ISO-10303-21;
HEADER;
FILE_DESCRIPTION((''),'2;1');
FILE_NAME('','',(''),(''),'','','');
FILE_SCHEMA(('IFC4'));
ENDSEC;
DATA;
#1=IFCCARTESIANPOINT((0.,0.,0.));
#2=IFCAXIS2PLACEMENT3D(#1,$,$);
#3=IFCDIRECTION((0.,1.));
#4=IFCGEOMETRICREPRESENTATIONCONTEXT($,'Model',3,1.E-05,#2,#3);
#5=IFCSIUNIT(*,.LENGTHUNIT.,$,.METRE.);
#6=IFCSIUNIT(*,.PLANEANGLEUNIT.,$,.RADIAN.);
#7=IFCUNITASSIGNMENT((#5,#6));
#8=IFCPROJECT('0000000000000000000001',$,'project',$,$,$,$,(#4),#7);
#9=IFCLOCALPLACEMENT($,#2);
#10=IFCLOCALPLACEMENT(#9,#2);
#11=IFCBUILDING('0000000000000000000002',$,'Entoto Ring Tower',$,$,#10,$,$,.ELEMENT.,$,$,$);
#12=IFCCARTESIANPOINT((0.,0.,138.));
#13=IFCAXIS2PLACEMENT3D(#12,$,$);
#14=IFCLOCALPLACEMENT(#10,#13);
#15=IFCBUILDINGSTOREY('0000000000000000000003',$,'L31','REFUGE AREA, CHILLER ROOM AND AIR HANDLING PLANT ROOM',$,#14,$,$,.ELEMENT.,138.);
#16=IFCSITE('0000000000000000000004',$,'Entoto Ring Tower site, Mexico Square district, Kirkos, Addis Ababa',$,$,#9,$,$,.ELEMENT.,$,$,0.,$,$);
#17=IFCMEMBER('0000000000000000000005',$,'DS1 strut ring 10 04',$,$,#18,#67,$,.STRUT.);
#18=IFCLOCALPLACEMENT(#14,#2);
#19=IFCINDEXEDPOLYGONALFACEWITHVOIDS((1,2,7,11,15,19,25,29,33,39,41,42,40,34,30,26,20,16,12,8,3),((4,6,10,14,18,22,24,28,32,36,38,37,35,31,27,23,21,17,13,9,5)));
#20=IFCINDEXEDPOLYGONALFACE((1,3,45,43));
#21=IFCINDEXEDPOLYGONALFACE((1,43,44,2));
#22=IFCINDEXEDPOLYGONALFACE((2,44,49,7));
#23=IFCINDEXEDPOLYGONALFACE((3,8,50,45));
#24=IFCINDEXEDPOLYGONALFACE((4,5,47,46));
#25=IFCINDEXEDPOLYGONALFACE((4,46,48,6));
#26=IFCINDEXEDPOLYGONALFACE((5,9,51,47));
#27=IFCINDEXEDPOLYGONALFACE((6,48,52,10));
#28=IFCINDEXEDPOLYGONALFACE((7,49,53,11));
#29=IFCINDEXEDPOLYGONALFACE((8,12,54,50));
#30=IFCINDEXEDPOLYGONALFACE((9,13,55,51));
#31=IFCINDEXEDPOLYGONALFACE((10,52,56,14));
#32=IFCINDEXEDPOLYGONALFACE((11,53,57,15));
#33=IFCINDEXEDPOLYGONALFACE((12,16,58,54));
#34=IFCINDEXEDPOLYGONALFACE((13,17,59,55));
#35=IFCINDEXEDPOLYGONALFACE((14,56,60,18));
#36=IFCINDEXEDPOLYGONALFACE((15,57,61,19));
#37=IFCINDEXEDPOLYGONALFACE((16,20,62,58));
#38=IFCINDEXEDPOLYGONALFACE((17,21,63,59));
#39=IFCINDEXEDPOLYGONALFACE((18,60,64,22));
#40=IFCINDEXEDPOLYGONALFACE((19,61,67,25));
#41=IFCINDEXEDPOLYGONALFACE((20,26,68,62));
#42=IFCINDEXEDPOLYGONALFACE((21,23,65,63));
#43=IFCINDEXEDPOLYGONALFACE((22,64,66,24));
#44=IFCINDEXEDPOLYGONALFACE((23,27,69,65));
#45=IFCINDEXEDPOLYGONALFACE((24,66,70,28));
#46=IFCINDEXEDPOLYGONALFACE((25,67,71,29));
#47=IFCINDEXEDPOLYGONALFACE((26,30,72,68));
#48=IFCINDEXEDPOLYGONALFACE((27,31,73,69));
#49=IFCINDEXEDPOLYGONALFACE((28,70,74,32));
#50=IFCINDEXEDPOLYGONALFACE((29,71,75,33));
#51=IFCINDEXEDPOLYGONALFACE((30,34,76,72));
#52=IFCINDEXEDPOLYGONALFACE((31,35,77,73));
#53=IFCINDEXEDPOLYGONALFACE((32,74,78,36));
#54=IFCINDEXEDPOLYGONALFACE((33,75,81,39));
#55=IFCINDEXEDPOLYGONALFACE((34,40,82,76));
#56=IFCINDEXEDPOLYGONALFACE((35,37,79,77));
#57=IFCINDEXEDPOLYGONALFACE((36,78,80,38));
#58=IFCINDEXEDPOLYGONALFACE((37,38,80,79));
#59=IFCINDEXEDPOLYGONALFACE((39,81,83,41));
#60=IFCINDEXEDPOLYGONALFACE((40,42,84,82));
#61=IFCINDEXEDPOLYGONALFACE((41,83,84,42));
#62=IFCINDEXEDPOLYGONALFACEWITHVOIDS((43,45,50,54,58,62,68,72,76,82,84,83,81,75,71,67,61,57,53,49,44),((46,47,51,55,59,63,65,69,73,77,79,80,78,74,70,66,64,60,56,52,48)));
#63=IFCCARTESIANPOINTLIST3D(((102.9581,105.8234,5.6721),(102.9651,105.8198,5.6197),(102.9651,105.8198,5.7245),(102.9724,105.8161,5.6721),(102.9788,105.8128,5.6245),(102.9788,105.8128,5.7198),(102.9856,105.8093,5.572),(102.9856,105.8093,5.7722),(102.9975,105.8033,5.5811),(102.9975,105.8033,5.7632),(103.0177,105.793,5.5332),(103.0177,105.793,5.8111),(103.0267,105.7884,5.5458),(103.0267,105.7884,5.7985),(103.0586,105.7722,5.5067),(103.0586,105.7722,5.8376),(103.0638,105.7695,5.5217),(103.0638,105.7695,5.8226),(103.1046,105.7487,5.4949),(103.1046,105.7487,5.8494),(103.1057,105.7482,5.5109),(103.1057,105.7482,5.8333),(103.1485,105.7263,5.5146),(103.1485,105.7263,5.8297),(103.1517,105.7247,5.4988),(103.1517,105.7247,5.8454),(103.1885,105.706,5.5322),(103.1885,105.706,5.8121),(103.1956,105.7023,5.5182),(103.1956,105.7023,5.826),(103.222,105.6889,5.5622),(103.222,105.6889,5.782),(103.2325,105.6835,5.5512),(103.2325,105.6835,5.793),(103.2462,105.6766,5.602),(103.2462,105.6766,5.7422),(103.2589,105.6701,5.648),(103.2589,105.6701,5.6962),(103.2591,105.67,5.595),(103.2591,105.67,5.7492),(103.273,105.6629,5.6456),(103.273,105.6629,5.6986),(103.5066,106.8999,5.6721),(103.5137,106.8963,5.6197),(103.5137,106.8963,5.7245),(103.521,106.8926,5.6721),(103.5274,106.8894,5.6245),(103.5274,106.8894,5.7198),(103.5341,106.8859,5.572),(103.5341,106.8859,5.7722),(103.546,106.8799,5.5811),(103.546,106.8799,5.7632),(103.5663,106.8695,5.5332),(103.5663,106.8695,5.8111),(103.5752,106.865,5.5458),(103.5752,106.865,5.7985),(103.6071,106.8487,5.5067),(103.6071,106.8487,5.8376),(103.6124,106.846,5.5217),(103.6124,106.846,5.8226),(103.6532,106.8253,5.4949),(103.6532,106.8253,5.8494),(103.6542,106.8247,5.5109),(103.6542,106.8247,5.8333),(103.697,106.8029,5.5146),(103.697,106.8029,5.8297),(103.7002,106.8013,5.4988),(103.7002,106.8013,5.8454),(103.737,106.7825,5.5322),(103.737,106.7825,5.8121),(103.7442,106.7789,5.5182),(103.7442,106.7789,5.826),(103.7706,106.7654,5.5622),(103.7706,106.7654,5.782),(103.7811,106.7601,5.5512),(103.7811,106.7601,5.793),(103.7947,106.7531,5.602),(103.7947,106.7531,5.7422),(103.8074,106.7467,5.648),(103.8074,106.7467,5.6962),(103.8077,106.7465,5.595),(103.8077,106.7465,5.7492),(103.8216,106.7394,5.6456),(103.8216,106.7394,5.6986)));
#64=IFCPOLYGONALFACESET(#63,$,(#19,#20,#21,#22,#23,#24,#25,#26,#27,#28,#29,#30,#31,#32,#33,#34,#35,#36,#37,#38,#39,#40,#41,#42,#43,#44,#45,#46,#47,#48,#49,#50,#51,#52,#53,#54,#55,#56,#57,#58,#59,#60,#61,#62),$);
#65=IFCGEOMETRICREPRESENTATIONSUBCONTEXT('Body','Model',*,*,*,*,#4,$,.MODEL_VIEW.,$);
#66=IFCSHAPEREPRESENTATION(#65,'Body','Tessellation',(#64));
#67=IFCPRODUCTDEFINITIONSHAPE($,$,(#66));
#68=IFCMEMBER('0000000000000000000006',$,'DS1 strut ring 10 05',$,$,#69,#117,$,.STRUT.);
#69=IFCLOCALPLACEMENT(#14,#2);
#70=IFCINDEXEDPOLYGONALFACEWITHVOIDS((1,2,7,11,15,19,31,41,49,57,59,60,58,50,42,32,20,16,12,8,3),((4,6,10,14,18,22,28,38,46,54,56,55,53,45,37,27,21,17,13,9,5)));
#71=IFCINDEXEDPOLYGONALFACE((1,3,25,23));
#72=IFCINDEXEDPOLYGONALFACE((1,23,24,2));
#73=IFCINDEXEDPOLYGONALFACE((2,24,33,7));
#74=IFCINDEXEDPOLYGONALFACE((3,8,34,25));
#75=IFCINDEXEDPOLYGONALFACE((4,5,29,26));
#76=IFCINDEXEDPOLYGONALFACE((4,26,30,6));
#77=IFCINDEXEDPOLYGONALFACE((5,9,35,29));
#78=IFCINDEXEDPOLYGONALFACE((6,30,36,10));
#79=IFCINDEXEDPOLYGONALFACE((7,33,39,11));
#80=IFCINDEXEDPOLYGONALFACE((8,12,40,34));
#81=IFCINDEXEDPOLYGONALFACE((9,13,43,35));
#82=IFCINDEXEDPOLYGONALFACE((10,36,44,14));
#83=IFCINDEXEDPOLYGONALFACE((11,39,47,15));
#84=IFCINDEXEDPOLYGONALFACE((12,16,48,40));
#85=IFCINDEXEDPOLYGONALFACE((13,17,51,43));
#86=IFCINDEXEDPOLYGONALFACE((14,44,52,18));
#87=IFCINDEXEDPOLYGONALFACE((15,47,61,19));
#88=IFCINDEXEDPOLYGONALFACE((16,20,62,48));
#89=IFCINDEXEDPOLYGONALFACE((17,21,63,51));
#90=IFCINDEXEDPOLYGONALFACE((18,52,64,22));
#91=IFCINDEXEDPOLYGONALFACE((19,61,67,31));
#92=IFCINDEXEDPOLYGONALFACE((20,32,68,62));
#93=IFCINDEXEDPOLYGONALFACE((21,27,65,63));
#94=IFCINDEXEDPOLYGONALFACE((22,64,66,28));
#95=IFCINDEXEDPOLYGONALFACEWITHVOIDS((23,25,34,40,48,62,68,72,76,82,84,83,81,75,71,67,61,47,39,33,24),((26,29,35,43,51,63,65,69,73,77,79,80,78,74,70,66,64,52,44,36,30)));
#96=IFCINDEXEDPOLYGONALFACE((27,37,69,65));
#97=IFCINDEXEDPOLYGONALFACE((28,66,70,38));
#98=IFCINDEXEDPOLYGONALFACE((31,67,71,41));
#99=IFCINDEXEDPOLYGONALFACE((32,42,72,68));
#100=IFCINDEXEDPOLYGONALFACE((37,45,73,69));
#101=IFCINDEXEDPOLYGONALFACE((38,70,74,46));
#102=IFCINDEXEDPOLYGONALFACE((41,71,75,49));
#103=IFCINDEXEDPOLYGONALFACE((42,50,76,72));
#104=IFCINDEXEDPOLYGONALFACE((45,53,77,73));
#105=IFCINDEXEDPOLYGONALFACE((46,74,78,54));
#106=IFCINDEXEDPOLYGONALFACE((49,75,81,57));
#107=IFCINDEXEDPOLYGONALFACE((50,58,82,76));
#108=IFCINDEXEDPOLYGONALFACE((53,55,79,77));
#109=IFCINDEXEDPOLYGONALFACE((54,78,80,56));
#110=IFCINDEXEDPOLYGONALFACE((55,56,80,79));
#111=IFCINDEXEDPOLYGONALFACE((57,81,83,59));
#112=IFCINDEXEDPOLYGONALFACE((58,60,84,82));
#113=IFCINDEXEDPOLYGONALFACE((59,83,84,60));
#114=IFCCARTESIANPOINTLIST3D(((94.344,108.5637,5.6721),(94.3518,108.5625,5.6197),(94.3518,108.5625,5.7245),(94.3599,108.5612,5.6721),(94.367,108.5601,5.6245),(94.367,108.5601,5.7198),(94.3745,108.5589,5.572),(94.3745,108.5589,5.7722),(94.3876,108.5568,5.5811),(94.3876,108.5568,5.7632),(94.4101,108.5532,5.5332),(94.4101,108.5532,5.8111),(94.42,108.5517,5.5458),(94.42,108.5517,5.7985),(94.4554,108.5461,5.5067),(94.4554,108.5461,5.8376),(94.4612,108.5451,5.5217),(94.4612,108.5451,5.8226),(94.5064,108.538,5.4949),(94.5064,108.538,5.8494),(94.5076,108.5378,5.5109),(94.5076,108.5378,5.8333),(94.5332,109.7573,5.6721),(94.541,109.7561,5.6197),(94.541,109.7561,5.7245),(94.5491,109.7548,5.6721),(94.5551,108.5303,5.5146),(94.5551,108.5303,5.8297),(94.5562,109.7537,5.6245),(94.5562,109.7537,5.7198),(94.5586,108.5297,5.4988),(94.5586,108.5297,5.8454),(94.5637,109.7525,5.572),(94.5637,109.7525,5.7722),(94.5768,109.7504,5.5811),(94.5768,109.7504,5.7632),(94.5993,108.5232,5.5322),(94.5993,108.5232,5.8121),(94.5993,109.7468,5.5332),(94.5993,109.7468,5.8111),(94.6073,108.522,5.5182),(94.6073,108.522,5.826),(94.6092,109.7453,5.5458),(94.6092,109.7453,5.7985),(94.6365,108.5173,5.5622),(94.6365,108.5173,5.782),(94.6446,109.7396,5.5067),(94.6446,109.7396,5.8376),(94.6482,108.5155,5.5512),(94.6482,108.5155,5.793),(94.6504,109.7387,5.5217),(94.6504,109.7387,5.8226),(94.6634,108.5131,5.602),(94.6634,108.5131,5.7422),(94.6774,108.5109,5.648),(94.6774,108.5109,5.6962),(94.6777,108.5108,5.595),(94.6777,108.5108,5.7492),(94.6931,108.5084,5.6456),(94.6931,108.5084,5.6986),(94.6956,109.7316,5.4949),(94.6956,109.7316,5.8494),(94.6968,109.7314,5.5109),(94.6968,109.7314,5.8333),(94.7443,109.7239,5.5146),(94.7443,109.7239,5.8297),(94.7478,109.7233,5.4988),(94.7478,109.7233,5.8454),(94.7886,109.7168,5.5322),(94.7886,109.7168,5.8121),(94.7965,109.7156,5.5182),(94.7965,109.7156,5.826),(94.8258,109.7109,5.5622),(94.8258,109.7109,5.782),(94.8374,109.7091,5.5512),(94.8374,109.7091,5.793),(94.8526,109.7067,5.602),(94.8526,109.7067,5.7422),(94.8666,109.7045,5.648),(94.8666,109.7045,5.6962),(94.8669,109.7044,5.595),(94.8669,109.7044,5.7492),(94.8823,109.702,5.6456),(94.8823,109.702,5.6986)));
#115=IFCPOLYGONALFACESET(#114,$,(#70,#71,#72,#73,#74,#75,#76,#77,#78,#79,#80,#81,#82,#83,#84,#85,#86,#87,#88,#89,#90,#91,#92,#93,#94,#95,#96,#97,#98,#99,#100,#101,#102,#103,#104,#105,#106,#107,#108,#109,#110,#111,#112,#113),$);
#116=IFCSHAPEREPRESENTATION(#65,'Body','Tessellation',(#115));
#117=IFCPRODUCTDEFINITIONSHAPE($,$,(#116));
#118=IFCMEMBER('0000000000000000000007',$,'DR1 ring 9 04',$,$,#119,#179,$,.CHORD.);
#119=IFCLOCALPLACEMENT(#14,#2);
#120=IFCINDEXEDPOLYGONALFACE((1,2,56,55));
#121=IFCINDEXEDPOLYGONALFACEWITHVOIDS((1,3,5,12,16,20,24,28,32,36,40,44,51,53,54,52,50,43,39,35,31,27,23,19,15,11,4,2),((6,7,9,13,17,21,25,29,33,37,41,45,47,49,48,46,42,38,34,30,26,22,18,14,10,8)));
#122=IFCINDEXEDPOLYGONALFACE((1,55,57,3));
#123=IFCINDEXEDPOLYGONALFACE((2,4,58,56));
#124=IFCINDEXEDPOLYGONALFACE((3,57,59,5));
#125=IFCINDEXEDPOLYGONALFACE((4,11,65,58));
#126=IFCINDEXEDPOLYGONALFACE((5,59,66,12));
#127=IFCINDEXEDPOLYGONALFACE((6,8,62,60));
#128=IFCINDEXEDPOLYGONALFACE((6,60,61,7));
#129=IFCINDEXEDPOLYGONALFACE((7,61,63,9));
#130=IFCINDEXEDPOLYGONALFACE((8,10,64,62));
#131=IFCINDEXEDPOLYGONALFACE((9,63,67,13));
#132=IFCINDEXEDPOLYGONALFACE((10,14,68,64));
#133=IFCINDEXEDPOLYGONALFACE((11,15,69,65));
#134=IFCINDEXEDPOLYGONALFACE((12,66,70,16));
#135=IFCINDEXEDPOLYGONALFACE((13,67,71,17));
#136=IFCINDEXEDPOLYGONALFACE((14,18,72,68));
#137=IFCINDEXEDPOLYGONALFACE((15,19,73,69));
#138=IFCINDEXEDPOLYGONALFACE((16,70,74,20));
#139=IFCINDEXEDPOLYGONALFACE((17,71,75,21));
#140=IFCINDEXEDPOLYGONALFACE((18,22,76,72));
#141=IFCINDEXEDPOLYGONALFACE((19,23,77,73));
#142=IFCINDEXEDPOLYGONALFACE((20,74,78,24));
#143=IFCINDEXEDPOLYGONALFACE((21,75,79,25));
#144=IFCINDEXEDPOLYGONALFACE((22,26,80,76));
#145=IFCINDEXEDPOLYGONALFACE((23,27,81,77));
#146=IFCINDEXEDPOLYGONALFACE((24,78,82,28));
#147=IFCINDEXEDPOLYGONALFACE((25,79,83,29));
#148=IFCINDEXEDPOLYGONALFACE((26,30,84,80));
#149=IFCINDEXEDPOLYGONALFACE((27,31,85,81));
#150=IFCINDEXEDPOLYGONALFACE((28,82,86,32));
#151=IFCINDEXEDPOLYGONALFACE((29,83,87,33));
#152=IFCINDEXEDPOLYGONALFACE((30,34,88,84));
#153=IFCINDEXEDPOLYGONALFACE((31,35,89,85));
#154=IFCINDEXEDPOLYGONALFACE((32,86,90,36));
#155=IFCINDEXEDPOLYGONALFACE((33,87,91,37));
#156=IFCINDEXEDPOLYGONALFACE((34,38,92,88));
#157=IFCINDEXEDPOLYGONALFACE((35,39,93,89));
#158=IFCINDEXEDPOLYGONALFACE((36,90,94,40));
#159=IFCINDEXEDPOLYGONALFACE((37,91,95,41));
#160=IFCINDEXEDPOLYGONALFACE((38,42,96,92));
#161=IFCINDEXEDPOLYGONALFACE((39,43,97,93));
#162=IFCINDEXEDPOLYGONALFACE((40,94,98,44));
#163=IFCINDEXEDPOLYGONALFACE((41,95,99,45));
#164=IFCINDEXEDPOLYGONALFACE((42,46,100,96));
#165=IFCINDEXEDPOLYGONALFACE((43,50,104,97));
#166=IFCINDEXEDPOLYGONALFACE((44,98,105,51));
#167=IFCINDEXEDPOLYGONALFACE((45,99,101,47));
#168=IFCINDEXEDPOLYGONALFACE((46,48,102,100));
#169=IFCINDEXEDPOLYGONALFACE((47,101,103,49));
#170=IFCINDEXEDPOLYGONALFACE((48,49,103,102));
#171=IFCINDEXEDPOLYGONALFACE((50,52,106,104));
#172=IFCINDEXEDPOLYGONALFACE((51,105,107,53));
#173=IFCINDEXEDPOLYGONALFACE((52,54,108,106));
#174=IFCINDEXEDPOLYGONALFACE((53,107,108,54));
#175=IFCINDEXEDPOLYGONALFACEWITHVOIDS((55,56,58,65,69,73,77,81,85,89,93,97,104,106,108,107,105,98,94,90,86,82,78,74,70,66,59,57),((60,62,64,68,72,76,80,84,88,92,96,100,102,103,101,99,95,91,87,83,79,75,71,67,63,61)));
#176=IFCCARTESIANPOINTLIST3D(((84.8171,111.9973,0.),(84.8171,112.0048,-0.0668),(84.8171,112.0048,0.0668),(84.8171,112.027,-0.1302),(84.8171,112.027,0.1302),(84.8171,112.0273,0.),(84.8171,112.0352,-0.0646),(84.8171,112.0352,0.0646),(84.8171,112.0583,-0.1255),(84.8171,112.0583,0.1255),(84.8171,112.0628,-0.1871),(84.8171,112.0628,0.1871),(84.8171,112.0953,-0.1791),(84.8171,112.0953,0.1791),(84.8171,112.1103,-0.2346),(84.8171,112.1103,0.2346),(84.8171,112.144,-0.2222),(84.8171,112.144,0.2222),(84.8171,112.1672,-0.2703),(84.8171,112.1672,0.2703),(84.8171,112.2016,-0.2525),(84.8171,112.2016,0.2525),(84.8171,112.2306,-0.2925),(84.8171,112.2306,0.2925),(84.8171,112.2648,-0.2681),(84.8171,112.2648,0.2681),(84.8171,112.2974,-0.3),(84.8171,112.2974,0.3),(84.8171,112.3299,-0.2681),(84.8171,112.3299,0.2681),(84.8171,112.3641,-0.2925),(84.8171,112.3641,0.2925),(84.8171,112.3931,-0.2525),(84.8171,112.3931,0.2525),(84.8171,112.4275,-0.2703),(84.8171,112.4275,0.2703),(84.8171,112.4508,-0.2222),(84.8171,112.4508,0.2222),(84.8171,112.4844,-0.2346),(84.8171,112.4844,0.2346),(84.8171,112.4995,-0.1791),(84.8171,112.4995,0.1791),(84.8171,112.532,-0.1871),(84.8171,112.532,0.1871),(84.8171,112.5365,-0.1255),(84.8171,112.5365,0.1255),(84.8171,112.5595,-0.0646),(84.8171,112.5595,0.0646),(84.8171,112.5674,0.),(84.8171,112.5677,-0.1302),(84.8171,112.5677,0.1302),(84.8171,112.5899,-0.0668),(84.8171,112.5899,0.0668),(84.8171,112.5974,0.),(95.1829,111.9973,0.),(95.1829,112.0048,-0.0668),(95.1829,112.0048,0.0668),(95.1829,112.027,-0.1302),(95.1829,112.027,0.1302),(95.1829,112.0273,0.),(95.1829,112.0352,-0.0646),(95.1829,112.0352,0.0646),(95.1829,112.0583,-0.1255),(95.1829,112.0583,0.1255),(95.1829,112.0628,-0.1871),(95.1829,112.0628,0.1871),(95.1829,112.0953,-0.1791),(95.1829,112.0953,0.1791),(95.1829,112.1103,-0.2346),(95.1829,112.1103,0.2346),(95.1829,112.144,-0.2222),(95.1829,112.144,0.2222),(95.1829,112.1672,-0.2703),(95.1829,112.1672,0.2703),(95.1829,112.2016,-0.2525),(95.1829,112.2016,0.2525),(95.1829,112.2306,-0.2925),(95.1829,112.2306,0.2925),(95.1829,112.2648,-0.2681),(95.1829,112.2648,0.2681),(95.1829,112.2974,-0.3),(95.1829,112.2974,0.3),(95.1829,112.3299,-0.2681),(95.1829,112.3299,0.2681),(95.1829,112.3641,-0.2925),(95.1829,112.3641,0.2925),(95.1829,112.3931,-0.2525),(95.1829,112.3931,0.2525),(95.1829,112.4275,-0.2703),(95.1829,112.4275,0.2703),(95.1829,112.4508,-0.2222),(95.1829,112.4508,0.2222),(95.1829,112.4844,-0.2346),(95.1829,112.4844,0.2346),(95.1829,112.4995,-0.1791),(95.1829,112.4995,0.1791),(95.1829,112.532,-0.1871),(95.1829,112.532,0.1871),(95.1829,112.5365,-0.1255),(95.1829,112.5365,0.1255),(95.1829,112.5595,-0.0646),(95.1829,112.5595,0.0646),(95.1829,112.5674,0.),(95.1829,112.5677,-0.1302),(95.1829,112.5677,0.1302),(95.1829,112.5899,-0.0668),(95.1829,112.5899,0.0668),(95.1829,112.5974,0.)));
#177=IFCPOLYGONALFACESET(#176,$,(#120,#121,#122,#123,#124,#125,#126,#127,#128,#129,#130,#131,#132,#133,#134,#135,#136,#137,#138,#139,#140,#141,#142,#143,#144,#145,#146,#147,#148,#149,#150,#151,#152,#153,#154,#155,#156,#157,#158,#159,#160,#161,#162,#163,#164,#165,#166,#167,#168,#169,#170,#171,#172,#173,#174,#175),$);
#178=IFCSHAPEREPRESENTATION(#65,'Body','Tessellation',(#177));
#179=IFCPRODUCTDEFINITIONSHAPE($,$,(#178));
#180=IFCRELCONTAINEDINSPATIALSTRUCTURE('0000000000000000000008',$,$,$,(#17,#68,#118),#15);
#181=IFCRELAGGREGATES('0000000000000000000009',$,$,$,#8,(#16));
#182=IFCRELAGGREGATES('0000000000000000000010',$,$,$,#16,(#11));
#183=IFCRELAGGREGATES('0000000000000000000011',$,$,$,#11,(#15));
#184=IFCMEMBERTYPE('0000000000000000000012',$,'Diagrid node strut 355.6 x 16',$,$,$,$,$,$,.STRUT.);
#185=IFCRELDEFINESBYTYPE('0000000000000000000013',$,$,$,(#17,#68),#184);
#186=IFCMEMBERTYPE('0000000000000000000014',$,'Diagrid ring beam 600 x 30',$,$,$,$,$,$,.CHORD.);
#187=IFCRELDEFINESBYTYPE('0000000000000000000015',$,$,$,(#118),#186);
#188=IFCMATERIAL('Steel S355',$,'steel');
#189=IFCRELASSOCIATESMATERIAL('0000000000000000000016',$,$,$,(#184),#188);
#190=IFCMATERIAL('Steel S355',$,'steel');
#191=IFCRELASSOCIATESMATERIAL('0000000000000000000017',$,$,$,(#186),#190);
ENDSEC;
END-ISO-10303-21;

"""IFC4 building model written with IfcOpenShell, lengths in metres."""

from ifc_helpers import new_model, si_unit, direction, frame, origin, origin_2d, place, context, subcontext, project, spatial, circle, hollow_circle, extrude, material, material_profile, profile_set, type_object, element, save


model = new_model("IFC4")

# Units and contexts
model_context = context("Model", 3, precision=1e-05, world=origin(), true_north=direction((0.0, 1.0)))
body_context = subcontext(model_context, "Body", "Model", "MODEL_VIEW")
ifc_project = project(units=[si_unit("LENGTHUNIT", "METRE"), si_unit("PLANEANGLEUNIT", "RADIAN")], contexts=[model_context])

# Site, building, storey
site_placement = place(None, origin())
site = spatial("IfcSite", under=ifc_project, at=site_placement, Name="Entoto Ring Tower site, Mexico Square district, Kirkos, Addis Ababa", CompositionType="ELEMENT", RefElevation=0.0)
building_placement = place(site_placement, origin())
building = spatial("IfcBuilding", under=site, at=building_placement, Name="Entoto Ring Tower", CompositionType="ELEMENT")
storey_placement = place(building_placement, frame((0.0, 0.0, 138.0)))
storey = spatial("IfcBuildingStorey", under=building, at=storey_placement, Name="L31", Description="REFUGE AREA, CHILLER ROOM AND AIR HANDLING PLANT ROOM", CompositionType="ELEMENT", Elevation=138.0)

# Members
ifc_material_1 = material(Name="Steel S355", Category="steel")
ifc_material_profile_1 = material_profile(ifc_material_1, hollow_circle(Radius=0.1777, WallThickness=0.0161, at=origin_2d()), Name="CHS 355.6 x 16")
ifc_material_2 = material(Name="Concrete C60/75", Category="concrete")
ifc_material_profile_2 = material_profile(ifc_material_2, circle(Radius=0.1619, at=origin_2d()), Name="Concrete C60/75 infill")
ifc_profile_set_1 = profile_set([ifc_material_profile_1, ifc_material_profile_2], Name="Steel S355")
member_type_1 = type_object("IfcMemberType", Name="Diagrid node strut 355.6 x 16", PredefinedType="STRUT", material=ifc_profile_set_1)
member_1_placement = place(storey_placement, frame((103.1165, 105.7427, 5.6721), z_axis=(0.453989, 0.891007, 0.0), x_axis=(-0.891007, 0.453989, 0.0)))
element("IfcMember", 1, at=member_1_placement, inside=storey, type_object=member_type_1, Name="DS1 strut ring 10 04", PredefinedType="STRUT", context=body_context, shape_type="SweptSolid", body=[
    extrude(hollow_circle(Radius=0.1777, WallThickness=0.0161, at=origin_2d()), origin(), (0.0, 0.0, 1.0), 1.2083),
])
member_2_placement = place(storey_placement, frame((94.5195, 108.5359, 5.6721), z_axis=(0.156564, 0.987668, 0.0), x_axis=(-0.987668, 0.156564, 0.0)))
element("IfcMember", 2, at=member_2_placement, inside=storey, type_object=member_type_1, Name="DS1 strut ring 10 05", PredefinedType="STRUT", context=body_context, shape_type="SweptSolid", body=[
    extrude(hollow_circle(Radius=0.1777, WallThickness=0.0161, at=origin_2d()), origin(), (0.0, 0.0, 1.0), 1.2085),
])
ifc_material_3 = material(Name="Steel S355", Category="steel")
ifc_material_profile_3 = material_profile(ifc_material_3, hollow_circle(Radius=0.3, WallThickness=0.03, at=origin_2d()), Name="CHS 600 x 30")
ifc_material_4 = material(Name="Concrete C60/75", Category="concrete")
ifc_material_profile_4 = material_profile(ifc_material_4, circle(Radius=0.27, at=origin_2d()), Name="Concrete C60/75 infill")
ifc_profile_set_2 = profile_set([ifc_material_profile_3, ifc_material_profile_4], Name="Steel S355")
member_type_2 = type_object("IfcMemberType", Name="Diagrid ring beam 600 x 30", PredefinedType="CHORD", material=ifc_profile_set_2)
member_3_placement = place(storey_placement, frame((95.1829, 112.2974, 0.0), z_axis=(-1.0, 0.0, 0.0), x_axis=(0.0, -1.0, 0.0)))
element("IfcMember", 3, at=member_3_placement, inside=storey, type_object=member_type_2, Name="DR1 ring 9 04", PredefinedType="CHORD", context=body_context, shape_type="SweptSolid", body=[
    extrude(hollow_circle(Radius=0.3, WallThickness=0.03, at=origin_2d()), origin(), (0.0, 0.0, 1.0), 10.3657),
])

save(model, "model.ifc")
